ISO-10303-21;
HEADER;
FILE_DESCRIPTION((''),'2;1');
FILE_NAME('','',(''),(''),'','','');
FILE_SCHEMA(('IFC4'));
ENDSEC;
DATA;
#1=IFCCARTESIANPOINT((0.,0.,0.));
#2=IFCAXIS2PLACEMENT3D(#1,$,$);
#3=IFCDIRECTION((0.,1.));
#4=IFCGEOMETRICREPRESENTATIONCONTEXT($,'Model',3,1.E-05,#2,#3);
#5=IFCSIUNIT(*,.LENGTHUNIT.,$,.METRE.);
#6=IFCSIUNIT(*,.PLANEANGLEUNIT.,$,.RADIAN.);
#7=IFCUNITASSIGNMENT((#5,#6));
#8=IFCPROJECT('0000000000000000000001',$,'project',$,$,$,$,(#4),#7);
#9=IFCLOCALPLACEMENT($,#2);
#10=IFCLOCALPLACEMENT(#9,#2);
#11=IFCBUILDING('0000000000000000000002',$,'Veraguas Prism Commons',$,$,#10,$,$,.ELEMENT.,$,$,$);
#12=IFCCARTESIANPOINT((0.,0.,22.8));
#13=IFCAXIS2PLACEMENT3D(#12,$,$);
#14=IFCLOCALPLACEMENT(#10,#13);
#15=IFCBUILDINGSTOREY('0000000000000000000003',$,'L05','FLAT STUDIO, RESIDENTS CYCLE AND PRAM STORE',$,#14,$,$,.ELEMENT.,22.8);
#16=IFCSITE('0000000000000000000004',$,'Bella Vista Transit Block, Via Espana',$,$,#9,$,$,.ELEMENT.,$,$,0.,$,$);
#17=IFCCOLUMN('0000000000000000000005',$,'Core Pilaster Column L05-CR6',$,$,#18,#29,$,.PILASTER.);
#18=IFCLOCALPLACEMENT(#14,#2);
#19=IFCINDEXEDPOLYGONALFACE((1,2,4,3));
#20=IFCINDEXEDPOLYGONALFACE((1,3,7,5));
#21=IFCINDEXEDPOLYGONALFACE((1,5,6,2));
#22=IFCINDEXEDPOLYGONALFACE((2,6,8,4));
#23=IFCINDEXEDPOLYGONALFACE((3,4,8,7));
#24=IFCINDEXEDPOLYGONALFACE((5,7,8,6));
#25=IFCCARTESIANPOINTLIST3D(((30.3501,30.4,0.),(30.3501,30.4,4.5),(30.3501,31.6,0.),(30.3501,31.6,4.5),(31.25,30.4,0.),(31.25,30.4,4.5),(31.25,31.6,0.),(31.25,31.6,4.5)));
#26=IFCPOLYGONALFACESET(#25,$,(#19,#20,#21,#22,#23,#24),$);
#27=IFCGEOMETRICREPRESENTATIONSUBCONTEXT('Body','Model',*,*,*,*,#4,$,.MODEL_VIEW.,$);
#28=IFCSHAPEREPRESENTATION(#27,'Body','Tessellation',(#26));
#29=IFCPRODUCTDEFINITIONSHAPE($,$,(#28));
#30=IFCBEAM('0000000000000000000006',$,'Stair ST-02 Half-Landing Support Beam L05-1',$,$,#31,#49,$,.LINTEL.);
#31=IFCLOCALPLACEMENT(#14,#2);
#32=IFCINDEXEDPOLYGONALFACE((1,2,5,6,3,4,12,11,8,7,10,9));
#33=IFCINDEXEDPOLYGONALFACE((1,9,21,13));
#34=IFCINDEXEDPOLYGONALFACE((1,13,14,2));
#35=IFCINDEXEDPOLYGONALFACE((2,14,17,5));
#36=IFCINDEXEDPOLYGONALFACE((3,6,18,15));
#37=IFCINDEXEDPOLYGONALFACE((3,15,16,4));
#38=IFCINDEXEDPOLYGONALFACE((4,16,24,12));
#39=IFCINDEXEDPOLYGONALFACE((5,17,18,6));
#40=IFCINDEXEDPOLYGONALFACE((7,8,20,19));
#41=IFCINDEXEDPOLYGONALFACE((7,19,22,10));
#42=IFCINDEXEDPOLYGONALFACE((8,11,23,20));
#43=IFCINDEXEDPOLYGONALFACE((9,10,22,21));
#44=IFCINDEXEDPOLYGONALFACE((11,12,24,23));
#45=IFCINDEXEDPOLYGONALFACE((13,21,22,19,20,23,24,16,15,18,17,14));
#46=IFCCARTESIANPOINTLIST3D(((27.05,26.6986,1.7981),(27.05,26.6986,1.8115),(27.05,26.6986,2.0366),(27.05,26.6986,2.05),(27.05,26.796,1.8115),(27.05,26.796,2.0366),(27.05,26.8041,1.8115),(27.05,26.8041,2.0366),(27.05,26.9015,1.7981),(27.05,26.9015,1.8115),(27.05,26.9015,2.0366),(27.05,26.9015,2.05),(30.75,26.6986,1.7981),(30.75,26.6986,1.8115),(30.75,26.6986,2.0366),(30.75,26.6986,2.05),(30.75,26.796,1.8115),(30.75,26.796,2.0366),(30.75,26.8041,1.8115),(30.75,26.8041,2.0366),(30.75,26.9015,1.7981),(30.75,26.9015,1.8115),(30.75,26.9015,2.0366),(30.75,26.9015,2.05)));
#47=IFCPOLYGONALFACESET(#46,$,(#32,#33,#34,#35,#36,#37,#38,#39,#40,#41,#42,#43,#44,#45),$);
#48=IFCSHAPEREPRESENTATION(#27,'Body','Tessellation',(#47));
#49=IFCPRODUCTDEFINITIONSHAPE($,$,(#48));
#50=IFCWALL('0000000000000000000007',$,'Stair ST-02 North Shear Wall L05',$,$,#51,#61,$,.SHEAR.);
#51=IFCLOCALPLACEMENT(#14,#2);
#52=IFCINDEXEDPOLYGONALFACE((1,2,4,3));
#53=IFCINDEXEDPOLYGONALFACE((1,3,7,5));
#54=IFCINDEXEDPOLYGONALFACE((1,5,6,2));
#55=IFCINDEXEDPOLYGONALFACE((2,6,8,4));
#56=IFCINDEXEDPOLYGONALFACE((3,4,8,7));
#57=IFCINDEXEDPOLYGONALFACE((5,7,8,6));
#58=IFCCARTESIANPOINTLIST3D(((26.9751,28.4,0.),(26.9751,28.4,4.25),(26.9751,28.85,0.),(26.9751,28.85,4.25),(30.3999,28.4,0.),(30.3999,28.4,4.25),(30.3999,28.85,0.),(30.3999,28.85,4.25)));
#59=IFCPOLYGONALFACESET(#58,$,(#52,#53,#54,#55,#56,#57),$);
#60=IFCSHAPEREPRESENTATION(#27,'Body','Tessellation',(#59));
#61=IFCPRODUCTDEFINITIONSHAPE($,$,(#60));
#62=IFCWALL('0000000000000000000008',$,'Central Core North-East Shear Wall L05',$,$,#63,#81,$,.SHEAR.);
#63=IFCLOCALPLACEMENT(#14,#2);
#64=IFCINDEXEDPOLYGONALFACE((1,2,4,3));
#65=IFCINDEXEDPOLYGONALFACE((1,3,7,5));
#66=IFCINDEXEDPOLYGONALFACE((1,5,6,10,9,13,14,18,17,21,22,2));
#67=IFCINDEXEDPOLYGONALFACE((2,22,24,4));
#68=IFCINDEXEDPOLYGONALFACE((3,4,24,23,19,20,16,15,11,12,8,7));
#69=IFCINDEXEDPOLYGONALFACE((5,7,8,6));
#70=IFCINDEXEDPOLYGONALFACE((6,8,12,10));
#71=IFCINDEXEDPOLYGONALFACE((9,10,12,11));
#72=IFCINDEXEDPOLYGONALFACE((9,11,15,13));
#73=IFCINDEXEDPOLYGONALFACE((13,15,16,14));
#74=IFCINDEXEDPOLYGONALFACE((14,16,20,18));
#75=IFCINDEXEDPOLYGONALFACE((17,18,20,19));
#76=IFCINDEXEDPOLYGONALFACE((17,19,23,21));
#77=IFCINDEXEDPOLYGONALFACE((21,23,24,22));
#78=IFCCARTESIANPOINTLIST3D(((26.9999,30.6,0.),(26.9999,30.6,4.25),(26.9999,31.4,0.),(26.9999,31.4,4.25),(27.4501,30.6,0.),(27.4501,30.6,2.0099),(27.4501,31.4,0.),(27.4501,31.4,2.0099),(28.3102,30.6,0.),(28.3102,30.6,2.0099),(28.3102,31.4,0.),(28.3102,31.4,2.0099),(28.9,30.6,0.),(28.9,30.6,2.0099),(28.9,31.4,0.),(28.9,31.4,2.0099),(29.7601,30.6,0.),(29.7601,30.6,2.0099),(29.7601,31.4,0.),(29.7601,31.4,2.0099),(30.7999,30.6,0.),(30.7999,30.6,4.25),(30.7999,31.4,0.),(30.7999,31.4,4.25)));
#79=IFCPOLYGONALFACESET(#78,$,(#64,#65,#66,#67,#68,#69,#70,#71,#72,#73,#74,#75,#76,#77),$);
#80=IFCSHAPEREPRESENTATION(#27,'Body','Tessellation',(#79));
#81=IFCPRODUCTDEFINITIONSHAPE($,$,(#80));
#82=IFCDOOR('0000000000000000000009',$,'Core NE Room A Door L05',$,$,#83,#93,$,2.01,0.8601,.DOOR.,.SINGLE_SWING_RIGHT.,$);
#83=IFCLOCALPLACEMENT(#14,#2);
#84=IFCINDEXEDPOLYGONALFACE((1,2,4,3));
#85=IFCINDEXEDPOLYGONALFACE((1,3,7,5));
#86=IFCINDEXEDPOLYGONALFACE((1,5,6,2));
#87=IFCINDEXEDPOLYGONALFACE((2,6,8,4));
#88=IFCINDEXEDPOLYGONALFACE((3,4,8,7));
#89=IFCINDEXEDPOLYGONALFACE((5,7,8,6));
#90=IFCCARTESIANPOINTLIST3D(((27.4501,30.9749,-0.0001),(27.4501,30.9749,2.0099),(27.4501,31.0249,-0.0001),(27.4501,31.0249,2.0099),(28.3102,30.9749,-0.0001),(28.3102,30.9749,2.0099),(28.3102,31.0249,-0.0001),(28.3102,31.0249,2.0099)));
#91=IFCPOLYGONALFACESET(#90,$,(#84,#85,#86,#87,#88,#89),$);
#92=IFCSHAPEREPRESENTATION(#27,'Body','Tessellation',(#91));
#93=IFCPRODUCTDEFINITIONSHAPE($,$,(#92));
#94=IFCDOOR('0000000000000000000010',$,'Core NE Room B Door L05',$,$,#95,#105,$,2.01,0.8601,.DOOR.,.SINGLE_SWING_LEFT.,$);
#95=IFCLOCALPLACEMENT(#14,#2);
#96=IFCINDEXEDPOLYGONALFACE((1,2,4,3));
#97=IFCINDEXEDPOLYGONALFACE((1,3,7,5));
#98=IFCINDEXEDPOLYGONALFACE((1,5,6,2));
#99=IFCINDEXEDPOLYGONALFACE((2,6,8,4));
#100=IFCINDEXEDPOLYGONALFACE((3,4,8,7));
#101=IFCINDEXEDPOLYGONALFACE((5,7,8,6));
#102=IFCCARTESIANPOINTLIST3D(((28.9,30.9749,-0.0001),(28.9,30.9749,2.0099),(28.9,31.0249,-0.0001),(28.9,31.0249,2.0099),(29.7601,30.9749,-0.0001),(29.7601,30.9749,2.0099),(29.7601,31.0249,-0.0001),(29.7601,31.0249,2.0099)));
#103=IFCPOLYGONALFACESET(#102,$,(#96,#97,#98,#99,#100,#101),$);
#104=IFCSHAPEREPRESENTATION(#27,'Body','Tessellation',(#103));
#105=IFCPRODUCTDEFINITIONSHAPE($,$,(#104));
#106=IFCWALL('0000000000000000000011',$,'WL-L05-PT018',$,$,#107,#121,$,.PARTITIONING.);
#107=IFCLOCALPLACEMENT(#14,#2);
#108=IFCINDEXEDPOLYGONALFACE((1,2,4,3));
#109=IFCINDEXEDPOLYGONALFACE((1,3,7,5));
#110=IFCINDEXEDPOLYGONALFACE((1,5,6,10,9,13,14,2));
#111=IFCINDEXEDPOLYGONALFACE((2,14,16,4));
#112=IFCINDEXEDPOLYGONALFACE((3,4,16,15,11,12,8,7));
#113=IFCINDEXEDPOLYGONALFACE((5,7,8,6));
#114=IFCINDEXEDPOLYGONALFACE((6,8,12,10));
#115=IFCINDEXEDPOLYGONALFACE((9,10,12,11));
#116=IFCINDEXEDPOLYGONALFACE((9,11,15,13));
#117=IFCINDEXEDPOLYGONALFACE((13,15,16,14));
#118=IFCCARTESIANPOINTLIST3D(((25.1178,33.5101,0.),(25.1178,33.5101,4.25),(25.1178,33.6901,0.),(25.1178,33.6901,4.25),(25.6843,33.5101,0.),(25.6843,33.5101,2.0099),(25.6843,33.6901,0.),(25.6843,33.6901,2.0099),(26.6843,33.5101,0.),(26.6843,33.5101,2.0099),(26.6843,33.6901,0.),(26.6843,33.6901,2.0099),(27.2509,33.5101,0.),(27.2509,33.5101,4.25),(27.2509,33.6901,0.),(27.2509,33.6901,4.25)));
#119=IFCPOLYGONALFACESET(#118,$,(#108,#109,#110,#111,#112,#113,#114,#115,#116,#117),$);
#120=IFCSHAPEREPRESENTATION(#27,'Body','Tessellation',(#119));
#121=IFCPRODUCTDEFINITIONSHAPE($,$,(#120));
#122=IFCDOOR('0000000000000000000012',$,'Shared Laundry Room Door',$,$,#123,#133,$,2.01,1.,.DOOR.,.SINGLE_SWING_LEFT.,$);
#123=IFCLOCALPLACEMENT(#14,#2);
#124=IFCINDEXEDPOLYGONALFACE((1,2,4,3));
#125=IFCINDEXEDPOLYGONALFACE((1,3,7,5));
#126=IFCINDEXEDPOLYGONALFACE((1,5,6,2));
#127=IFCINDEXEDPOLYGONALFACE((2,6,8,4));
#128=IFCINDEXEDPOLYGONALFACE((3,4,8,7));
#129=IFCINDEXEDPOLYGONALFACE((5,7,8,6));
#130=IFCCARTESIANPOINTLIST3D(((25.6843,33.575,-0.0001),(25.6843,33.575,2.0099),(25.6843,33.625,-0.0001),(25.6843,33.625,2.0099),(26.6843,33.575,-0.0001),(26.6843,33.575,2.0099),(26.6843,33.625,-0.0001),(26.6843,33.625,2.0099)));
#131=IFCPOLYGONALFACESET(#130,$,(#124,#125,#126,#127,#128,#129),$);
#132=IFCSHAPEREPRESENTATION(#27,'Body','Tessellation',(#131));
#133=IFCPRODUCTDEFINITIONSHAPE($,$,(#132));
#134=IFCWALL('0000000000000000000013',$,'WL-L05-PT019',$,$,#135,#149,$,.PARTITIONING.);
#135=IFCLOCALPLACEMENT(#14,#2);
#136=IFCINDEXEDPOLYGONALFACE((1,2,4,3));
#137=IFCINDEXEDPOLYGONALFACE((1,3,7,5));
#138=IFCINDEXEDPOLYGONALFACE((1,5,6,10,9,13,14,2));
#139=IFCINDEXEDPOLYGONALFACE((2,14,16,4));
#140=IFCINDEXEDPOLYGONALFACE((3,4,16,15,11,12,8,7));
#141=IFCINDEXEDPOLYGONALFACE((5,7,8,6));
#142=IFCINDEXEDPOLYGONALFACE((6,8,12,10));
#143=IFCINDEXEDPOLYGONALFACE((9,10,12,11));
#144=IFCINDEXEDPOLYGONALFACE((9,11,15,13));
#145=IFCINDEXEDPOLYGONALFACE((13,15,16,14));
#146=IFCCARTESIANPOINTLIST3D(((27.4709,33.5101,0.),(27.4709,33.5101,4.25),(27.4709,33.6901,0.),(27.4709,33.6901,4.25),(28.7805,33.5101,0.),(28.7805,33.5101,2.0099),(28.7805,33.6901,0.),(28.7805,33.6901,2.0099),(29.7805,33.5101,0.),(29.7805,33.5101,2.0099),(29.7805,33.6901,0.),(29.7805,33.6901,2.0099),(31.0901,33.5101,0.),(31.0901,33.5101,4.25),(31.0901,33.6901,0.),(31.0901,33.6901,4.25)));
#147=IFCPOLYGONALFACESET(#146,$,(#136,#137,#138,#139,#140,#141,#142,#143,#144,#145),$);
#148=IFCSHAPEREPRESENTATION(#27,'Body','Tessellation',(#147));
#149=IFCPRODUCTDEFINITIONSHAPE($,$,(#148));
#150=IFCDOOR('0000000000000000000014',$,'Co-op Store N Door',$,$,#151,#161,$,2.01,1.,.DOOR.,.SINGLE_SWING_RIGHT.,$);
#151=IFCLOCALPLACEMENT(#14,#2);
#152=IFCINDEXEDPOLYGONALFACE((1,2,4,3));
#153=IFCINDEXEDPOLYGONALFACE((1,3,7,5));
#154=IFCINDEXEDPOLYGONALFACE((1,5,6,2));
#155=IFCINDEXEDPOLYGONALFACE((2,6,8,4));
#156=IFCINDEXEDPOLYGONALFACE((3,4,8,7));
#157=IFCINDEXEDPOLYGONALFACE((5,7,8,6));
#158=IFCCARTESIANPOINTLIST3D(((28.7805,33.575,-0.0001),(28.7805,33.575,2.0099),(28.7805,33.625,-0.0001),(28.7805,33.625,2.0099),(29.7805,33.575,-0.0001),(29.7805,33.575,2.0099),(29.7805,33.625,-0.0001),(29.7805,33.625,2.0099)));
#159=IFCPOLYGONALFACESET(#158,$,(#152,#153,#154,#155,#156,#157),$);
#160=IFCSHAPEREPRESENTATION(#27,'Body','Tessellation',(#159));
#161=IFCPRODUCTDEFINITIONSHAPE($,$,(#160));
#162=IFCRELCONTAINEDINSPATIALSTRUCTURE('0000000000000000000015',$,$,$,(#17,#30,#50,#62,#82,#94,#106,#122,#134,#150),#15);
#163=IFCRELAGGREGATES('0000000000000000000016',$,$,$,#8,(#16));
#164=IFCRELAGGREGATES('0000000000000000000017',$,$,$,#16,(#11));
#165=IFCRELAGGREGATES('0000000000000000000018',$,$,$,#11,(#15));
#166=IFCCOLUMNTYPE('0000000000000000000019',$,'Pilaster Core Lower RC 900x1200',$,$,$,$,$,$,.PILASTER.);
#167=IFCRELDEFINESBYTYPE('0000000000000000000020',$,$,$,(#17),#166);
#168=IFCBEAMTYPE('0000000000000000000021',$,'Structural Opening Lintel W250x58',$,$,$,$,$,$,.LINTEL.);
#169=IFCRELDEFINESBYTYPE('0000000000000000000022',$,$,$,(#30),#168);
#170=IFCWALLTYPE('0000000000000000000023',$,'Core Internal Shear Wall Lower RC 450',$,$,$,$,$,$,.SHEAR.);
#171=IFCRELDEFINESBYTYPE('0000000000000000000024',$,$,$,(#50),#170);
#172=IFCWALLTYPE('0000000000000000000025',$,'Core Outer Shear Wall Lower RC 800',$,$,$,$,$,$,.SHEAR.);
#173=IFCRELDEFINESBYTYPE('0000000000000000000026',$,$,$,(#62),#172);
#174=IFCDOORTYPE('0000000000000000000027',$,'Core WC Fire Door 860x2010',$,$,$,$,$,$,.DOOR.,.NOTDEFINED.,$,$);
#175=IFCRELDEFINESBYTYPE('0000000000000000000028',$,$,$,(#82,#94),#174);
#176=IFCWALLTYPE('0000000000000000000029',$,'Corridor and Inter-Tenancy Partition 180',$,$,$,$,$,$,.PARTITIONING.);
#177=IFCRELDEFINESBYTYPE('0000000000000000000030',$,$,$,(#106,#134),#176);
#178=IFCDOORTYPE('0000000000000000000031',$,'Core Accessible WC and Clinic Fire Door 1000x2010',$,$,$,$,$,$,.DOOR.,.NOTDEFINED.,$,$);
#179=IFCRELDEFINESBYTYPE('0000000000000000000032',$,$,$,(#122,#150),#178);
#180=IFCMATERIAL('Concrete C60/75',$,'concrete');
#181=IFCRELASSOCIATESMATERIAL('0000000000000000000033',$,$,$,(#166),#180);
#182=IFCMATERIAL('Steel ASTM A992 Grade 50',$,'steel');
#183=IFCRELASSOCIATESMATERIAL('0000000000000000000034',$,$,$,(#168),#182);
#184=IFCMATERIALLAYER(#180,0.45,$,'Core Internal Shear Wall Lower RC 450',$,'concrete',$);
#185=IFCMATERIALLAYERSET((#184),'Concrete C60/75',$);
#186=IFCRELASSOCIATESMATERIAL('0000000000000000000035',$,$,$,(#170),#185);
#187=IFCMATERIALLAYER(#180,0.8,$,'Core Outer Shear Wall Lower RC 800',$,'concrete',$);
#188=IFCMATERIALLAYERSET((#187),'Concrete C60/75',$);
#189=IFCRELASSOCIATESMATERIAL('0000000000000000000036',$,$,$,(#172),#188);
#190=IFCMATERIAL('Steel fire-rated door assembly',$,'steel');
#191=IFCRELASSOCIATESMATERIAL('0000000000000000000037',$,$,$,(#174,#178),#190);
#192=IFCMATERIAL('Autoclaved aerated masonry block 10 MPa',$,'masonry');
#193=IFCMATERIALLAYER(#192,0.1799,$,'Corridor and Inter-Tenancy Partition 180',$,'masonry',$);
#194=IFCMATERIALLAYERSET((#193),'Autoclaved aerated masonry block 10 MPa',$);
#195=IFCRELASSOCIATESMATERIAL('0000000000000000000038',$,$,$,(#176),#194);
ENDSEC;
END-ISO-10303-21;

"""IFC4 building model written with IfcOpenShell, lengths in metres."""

from ifc_helpers import new_model, si_unit, direction, frame, frame_2d, origin, origin_2d, place, context, subcontext, project, spatial, rectangle, i_section, extrude, source, transform, mapped, material, layer, layer_set, material_profile, profile_set, type_object, element, fill, save


model = new_model("IFC4")

# Units and contexts
model_context = context("Model", 3, precision=1e-05, world=origin(), true_north=direction((0.0, 1.0)))
body_context = subcontext(model_context, "Body", "Model", "MODEL_VIEW")
ifc_project = project(units=[si_unit("LENGTHUNIT", "METRE"), si_unit("PLANEANGLEUNIT", "RADIAN")], contexts=[model_context])

# Site, building, storey
site_placement = place(None, origin())
site = spatial("IfcSite", under=ifc_project, at=site_placement, Name="Bella Vista Transit Block, Via Espana", CompositionType="ELEMENT", RefElevation=0.0)
building_placement = place(site_placement, origin())
building = spatial("IfcBuilding", under=site, at=building_placement, Name="Veraguas Prism Commons", CompositionType="ELEMENT")
storey_placement = place(building_placement, frame((0.0, 0.0, 22.8)))
storey = spatial("IfcBuildingStorey", under=building, at=storey_placement, Name="L05", Description="FLAT STUDIO, RESIDENTS CYCLE AND PRAM STORE", CompositionType="ELEMENT", Elevation=22.8)

# Column
ifc_material_1 = material(Name="Concrete C60/75", Category="concrete")
ifc_material_profile_1 = material_profile(ifc_material_1, rectangle(XDim=0.8999, YDim=1.2, at=origin_2d()), Name="RC900X1200")
ifc_profile_set_1 = profile_set([ifc_material_profile_1], Name="Concrete C60/75")
column_type = type_object("IfcColumnType", Name="Pilaster Core Lower RC 900x1200", PredefinedType="PILASTER", material=ifc_profile_set_1)
column_placement = place(storey_placement, frame((30.8, 31.0, 0.0), z_axis=(0.0, 0.0, 1.0), x_axis=(1.0, 0.0, 0.0)))
element("IfcColumn", 1, at=column_placement, inside=storey, type_object=column_type, Name="Core Pilaster Column L05-CR6", PredefinedType="PILASTER", context=body_context, shape_type="SweptSolid", body=[
    extrude(rectangle(XDim=0.8999, YDim=1.2, at=origin_2d()), origin(), (0.0, 0.0, 1.0), 4.5),
])

# Beam
ifc_material_2 = material(Name="Steel ASTM A992 Grade 50", Category="steel")
ifc_material_profile_2 = material_profile(ifc_material_2, i_section(OverallWidth=0.2029, OverallDepth=0.252, WebThickness=0.0081, FlangeThickness=0.0134, at=origin_2d()), Name="W250X58")
ifc_profile_set_2 = profile_set([ifc_material_profile_2], Name="Steel ASTM A992 Grade 50")
beam_type = type_object("IfcBeamType", Name="Structural Opening Lintel W250x58", PredefinedType="LINTEL", material=ifc_profile_set_2)
beam_placement = place(storey_placement, frame((27.05, 26.8, 1.9241), z_axis=(1.0, 0.0, 0.0), x_axis=(0.0, 1.0, 0.0)))
element("IfcBeam", 2, at=beam_placement, inside=storey, type_object=beam_type, Name="Stair ST-02 Half-Landing Support Beam L05-1", PredefinedType="LINTEL", context=body_context, shape_type="SweptSolid", body=[
    extrude(i_section(OverallWidth=0.2029, OverallDepth=0.252, WebThickness=0.0081, FlangeThickness=0.0134, at=origin_2d()), origin(), (0.0, 0.0, 1.0), 3.7),
])

# Wall
ifc_layer_1 = layer(ifc_material_1, 0.45, Name="Core Internal Shear Wall Lower RC 450", Category="concrete")
ifc_layer_set_1 = layer_set([ifc_layer_1], Name="Concrete C60/75")
wall_type_1 = type_object("IfcWallType", Name="Core Internal Shear Wall Lower RC 450", PredefinedType="SHEAR", material=ifc_layer_set_1)
wall_1_placement = place(storey_placement, frame((26.9751, 28.625, 0.0), z_axis=(0.0, 0.0, 1.0), x_axis=(1.0, 0.0, 0.0)))
element("IfcWall", 3, at=wall_1_placement, inside=storey, type_object=wall_type_1, Name="Stair ST-02 North Shear Wall L05", PredefinedType="SHEAR", context=body_context, shape_type="SweptSolid", body=[
    extrude(rectangle(XDim=3.4248, YDim=0.45, at=frame_2d((1.7124, 0.0))), origin(), (0.0, 0.0, 1.0), 4.25),
])

# Wall, openings, doors
ifc_layer_2 = layer(ifc_material_1, 0.8, Name="Core Outer Shear Wall Lower RC 800", Category="concrete")
ifc_layer_set_2 = layer_set([ifc_layer_2], Name="Concrete C60/75")
wall_type_2 = type_object("IfcWallType", Name="Core Outer Shear Wall Lower RC 800", PredefinedType="SHEAR", material=ifc_layer_set_2)
wall_2_placement = place(storey_placement, frame((27.0, 31.0, 0.0), z_axis=(0.0, 0.0, 1.0), x_axis=(1.0, 0.0, 0.0)))
wall_2 = element("IfcWall", 4, at=wall_2_placement, inside=storey, type_object=wall_type_2, Name="Central Core North-East Shear Wall L05", PredefinedType="SHEAR", context=body_context, shape_type="SweptSolid", body=[
    extrude(rectangle(XDim=3.8, YDim=0.8, at=frame_2d((1.8999, 0.0))), origin(), (0.0, 0.0, 1.0), 4.25),
])
opening_1_placement = place(wall_2_placement, frame((0.45, 0.0, 0.0)))
opening_1 = element("IfcOpeningElement", 5, at=opening_1_placement, cuts=wall_2, PredefinedType="OPENING", context=body_context, shape_type="SweptSolid", body=[
    extrude(rectangle(XDim=0.8601, YDim=2.01, at=frame_2d((0.4302, 1.0049))), frame((0.0, 0.4099, 0.0), z_axis=(0.0, -1.0, 0.0), x_axis=(1.0, 0.0, 0.0)), (0.0, 0.0, 1.0), 0.8201),
])
opening_2_placement = place(wall_2_placement, frame((1.8999, 0.0, 0.0)))
opening_2 = element("IfcOpeningElement", 6, at=opening_2_placement, cuts=wall_2, PredefinedType="OPENING", context=body_context, shape_type="SweptSolid", body=[
    extrude(rectangle(XDim=0.8601, YDim=2.01, at=frame_2d((0.4302, 1.0049))), frame((0.0, 0.4099, 0.0), z_axis=(0.0, -1.0, 0.0), x_axis=(1.0, 0.0, 0.0)), (0.0, 0.0, 1.0), 0.8201),
])
ifc_material_3 = material(Name="Steel fire-rated door assembly", Category="steel")
door_type_1 = type_object("IfcDoorType", Name="Core WC Fire Door 860x2010", OperationType="NOTDEFINED", PredefinedType="DOOR", material=ifc_material_3)
shared_shape_1 = source(origin(), body_context, "Body", "SweptSolid", [
    extrude(rectangle(XDim=0.8601, YDim=2.01, at=frame_2d((0.4302, 1.0049))), frame((0.0, 0.0249, 0.0), z_axis=(0.0, -1.0, 0.0), x_axis=(1.0, 0.0, 0.0)), (0.0, 0.0, 1.0), 0.05),
])
door_1_placement = place(opening_1_placement, origin())
door_1 = element("IfcDoor", 7, at=door_1_placement, inside=storey, type_object=door_type_1, Name="Core NE Room A Door L05", OperationType="SINGLE_SWING_RIGHT", OverallHeight=2.01, OverallWidth=0.8601, PredefinedType="DOOR", context=body_context, shape_type="MappedRepresentation", body=[
    mapped(shared_shape_1, transform((0.0, 0.0, 0.0), scale=1.0)),
])
fill(opening_1, door_1)
door_2_placement = place(opening_2_placement, origin())
door_2 = element("IfcDoor", 8, at=door_2_placement, inside=storey, type_object=door_type_1, Name="Core NE Room B Door L05", OperationType="SINGLE_SWING_LEFT", OverallHeight=2.01, OverallWidth=0.8601, PredefinedType="DOOR", context=body_context, shape_type="MappedRepresentation", body=[
    mapped(shared_shape_1, transform((0.0, 0.0, 0.0), scale=1.0)),
])
fill(opening_2, door_2)

# Walls, openings, doors
ifc_material_4 = material(Name="Autoclaved aerated masonry block 10 MPa", Category="masonry")
ifc_layer_3 = layer(ifc_material_4, 0.1799, Name="Corridor and Inter-Tenancy Partition 180", Category="masonry")
ifc_layer_set_3 = layer_set([ifc_layer_3], Name="Autoclaved aerated masonry block 10 MPa")
wall_type_3 = type_object("IfcWallType", Name="Corridor and Inter-Tenancy Partition 180", PredefinedType="PARTITIONING", material=ifc_layer_set_3)
wall_3_placement = place(storey_placement, frame((25.1179, 33.6001, 0.0), z_axis=(0.0, 0.0, 1.0), x_axis=(1.0, 0.0, 0.0)))
wall_3 = element("IfcWall", 9, at=wall_3_placement, inside=storey, type_object=wall_type_3, Name="WL-L05-PT018", PredefinedType="PARTITIONING", context=body_context, shape_type="SweptSolid", body=[
    extrude(rectangle(XDim=2.1331, YDim=0.1799, at=frame_2d((1.0664, 0.0))), origin(), (0.0, 0.0, 1.0), 4.25),
])
opening_3_placement = place(wall_3_placement, frame((0.5664, 0.0, 0.0)))
opening_3 = element("IfcOpeningElement", 10, at=opening_3_placement, cuts=wall_3, PredefinedType="OPENING", context=body_context, shape_type="SweptSolid", body=[
    extrude(rectangle(XDim=1.0, YDim=2.01, at=frame_2d((0.5, 1.0049))), frame((0.0, 0.0999, 0.0), z_axis=(0.0, -1.0, 0.0), x_axis=(1.0, 0.0, 0.0)), (0.0, 0.0, 1.0), 0.2),
])
door_type_2 = type_object("IfcDoorType", Name="Core Accessible WC and Clinic Fire Door 1000x2010", OperationType="NOTDEFINED", PredefinedType="DOOR", material=ifc_material_3)
shared_shape_2 = source(origin(), body_context, "Body", "SweptSolid", [
    extrude(rectangle(XDim=1.0, YDim=2.01, at=frame_2d((0.5, 1.0049))), frame((0.0, 0.0249, 0.0), z_axis=(0.0, -1.0, 0.0), x_axis=(1.0, 0.0, 0.0)), (0.0, 0.0, 1.0), 0.05),
])
door_3_placement = place(opening_3_placement, origin())
door_3 = element("IfcDoor", 11, at=door_3_placement, inside=storey, type_object=door_type_2, Name="Shared Laundry Room Door", OperationType="SINGLE_SWING_LEFT", OverallHeight=2.01, OverallWidth=1.0, PredefinedType="DOOR", context=body_context, shape_type="MappedRepresentation", body=[
    mapped(shared_shape_2, transform((0.0, 0.0, 0.0), scale=1.0)),
])
fill(opening_3, door_3)
wall_4_placement = place(storey_placement, frame((27.4709, 33.6001, 0.0), z_axis=(0.0, 0.0, 1.0), x_axis=(1.0, 0.0, 0.0)))
wall_4 = element("IfcWall", 12, at=wall_4_placement, inside=storey, type_object=wall_type_3, Name="WL-L05-PT019", PredefinedType="PARTITIONING", context=body_context, shape_type="SweptSolid", body=[
    extrude(rectangle(XDim=3.6191, YDim=0.1799, at=frame_2d((1.8096, 0.0))), origin(), (0.0, 0.0, 1.0), 4.25),
])
opening_4_placement = place(wall_4_placement, frame((1.3096, 0.0, 0.0)))
opening_4 = element("IfcOpeningElement", 13, at=opening_4_placement, cuts=wall_4, PredefinedType="OPENING", context=body_context, shape_type="SweptSolid", body=[
    extrude(rectangle(XDim=1.0, YDim=2.01, at=frame_2d((0.5, 1.0049))), frame((0.0, 0.0999, 0.0), z_axis=(0.0, -1.0, 0.0), x_axis=(1.0, 0.0, 0.0)), (0.0, 0.0, 1.0), 0.2),
])
door_4_placement = place(opening_4_placement, origin())
door_4 = element("IfcDoor", 14, at=door_4_placement, inside=storey, type_object=door_type_2, Name="Co-op Store N Door", OperationType="SINGLE_SWING_RIGHT", OverallHeight=2.01, OverallWidth=1.0, PredefinedType="DOOR", context=body_context, shape_type="MappedRepresentation", body=[
    mapped(shared_shape_2, transform((0.0, 0.0, 0.0), scale=1.0)),
])
fill(opening_4, door_4)

save(model, "model.ifc")
